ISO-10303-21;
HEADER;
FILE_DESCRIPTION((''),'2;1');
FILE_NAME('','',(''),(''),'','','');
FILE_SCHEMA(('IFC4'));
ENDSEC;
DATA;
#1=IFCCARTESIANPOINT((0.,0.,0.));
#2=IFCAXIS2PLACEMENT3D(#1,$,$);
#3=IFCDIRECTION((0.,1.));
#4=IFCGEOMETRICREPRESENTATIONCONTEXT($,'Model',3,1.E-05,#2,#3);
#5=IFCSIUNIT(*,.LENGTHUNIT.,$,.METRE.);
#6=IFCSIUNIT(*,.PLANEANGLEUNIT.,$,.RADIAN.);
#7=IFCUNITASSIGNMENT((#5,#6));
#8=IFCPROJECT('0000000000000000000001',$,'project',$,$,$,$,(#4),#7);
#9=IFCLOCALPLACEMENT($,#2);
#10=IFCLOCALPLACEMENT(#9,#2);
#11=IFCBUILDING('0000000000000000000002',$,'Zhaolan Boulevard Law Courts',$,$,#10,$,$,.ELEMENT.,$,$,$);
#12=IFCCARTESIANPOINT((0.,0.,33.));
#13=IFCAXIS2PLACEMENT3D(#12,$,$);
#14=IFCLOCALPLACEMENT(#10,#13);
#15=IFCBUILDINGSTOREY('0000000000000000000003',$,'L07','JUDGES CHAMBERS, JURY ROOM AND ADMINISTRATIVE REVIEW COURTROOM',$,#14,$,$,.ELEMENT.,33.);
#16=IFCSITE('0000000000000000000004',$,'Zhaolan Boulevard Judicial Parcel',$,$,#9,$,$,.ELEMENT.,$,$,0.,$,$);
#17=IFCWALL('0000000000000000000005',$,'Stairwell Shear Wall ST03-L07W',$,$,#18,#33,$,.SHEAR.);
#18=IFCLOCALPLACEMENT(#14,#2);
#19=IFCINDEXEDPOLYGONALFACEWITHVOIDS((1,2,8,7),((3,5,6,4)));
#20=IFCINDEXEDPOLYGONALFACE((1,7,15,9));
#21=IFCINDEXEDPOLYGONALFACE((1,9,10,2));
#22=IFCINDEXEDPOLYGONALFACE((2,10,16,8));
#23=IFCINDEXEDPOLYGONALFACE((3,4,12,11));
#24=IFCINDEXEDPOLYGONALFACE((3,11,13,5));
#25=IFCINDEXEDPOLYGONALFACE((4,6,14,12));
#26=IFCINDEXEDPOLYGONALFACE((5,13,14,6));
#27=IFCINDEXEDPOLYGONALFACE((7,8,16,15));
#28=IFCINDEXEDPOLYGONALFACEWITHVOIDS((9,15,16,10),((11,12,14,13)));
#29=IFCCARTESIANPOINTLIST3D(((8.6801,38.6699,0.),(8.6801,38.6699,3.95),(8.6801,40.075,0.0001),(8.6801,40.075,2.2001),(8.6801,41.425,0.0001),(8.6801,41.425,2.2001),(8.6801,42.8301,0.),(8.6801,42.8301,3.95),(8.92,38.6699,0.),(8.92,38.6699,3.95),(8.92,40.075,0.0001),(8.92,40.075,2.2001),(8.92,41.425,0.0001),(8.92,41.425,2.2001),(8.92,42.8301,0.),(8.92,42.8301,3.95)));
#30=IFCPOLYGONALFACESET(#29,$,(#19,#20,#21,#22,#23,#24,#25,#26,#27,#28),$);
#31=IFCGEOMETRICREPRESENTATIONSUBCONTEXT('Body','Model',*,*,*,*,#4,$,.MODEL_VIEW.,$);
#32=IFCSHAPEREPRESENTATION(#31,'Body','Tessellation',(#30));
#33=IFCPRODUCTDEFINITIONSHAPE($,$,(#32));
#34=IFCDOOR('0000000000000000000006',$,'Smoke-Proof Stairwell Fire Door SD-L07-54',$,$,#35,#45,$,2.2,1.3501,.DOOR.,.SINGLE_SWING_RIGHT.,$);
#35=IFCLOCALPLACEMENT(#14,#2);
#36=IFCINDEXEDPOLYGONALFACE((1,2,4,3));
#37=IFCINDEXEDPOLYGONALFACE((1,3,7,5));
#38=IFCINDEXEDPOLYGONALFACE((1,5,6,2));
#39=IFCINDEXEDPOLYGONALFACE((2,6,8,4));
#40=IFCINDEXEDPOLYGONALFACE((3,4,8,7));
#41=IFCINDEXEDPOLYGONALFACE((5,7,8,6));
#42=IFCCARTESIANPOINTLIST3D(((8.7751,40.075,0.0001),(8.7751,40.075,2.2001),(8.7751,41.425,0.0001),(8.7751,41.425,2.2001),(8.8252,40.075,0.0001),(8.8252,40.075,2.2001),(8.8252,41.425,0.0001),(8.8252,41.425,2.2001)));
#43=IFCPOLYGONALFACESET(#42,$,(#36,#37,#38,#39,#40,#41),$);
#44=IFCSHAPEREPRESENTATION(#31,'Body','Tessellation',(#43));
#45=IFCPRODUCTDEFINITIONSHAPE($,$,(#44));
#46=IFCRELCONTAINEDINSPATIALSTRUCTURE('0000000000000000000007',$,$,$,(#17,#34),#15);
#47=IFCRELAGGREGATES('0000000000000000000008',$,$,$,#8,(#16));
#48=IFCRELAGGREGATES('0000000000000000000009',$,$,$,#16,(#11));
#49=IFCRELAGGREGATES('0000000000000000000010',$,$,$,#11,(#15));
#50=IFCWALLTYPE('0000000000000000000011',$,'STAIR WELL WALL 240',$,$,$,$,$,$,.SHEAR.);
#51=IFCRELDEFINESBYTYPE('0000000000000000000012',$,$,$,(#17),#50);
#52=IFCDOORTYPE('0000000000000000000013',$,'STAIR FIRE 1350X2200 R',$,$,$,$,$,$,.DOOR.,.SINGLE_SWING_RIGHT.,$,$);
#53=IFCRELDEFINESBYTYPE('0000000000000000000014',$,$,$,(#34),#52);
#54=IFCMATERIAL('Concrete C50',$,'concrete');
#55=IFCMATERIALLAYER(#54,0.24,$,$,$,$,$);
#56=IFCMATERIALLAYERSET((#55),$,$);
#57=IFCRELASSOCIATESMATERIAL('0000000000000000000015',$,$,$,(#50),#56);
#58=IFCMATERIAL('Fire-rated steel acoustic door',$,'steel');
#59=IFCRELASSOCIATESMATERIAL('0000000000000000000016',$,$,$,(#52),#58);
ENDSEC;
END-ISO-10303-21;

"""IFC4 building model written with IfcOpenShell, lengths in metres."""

from ifc_helpers import new_model, si_unit, direction, frame, frame_2d, origin, place, context, subcontext, project, spatial, rectangle, extrude, material, layer, layer_set, type_object, element, fill, save


model = new_model("IFC4")

# Units and contexts
model_context = context("Model", 3, precision=1e-05, world=origin(), true_north=direction((0.0, 1.0)))
body_context = subcontext(model_context, "Body", "Model", "MODEL_VIEW")
ifc_project = project(units=[si_unit("LENGTHUNIT", "METRE"), si_unit("PLANEANGLEUNIT", "RADIAN")], contexts=[model_context])

# Site, building, storey
site_placement = place(None, origin())
site = spatial("IfcSite", under=ifc_project, at=site_placement, Name="Zhaolan Boulevard Judicial Parcel", CompositionType="ELEMENT", RefElevation=0.0)
building_placement = place(site_placement, origin())
building = spatial("IfcBuilding", under=site, at=building_placement, Name="Zhaolan Boulevard Law Courts", CompositionType="ELEMENT")
storey_placement = place(building_placement, frame((0.0, 0.0, 33.0)))
storey = spatial("IfcBuildingStorey", under=building, at=storey_placement, Name="L07", Description="JUDGES CHAMBERS, JURY ROOM AND ADMINISTRATIVE REVIEW COURTROOM", CompositionType="ELEMENT", Elevation=33.0)

# Shared definitions
ifc_material_1 = material(Name="Concrete C50", Category="concrete")
ifc_layer_1 = layer(ifc_material_1, 0.24)
ifc_layer_set_1 = layer_set([ifc_layer_1])
wall_type_1 = type_object("IfcWallType", Name="STAIR WELL WALL 240", PredefinedType="SHEAR", material=ifc_layer_set_1)

# Wall, opening, door
wall_1_placement = place(storey_placement, frame((8.8, 38.6699, 0.0), z_axis=(0.0, 0.0, 1.0), x_axis=(0.0, 1.0, 0.0)))
wall_1 = element("IfcWall", 1, at=wall_1_placement, inside=storey, type_object=wall_type_1, Name="Stairwell Shear Wall ST03-L07W", PredefinedType="SHEAR", context=body_context, shape_type="SweptSolid", body=[
    extrude(rectangle(XDim=4.1602, YDim=0.24, at=frame_2d((2.0801, 0.0))), origin(), (0.0, 0.0, 1.0), 3.95),
])
opening_1_placement = place(wall_1_placement, frame((1.405, 0.0, 0.0)))
opening_1 = element("IfcOpeningElement", 2, at=opening_1_placement, cuts=wall_1, PredefinedType="OPENING", context=body_context, shape_type="SweptSolid", body=[
    extrude(rectangle(XDim=1.3501, YDim=2.2, at=frame_2d((0.675, 1.1001))), frame((0.0, 0.1299, 0.0), z_axis=(0.0, -1.0, 0.0), x_axis=(1.0, 0.0, 0.0)), (0.0, 0.0, 1.0), 0.26),
])
ifc_material_2 = material(Name="Fire-rated steel acoustic door", Category="steel")
door_type_1 = type_object("IfcDoorType", Name="STAIR FIRE 1350X2200 R", OperationType="SINGLE_SWING_RIGHT", PredefinedType="DOOR", material=ifc_material_2)
door_1_placement = place(opening_1_placement, origin())
door_1 = element("IfcDoor", 3, at=door_1_placement, inside=storey, type_object=door_type_1, Name="Smoke-Proof Stairwell Fire Door SD-L07-54", OperationType="SINGLE_SWING_RIGHT", OverallHeight=2.2, OverallWidth=1.3501, PredefinedType="DOOR", context=body_context, shape_type="SweptSolid", body=[
    extrude(rectangle(XDim=1.3501, YDim=2.2, at=frame_2d((0.675, 1.1001))), frame((0.0, 0.0249, 0.0), z_axis=(0.0, -1.0, 0.0), x_axis=(1.0, 0.0, 0.0)), (0.0, 0.0, 1.0), 0.05),
])
fill(opening_1, door_1)

save(model, "model.ifc")
